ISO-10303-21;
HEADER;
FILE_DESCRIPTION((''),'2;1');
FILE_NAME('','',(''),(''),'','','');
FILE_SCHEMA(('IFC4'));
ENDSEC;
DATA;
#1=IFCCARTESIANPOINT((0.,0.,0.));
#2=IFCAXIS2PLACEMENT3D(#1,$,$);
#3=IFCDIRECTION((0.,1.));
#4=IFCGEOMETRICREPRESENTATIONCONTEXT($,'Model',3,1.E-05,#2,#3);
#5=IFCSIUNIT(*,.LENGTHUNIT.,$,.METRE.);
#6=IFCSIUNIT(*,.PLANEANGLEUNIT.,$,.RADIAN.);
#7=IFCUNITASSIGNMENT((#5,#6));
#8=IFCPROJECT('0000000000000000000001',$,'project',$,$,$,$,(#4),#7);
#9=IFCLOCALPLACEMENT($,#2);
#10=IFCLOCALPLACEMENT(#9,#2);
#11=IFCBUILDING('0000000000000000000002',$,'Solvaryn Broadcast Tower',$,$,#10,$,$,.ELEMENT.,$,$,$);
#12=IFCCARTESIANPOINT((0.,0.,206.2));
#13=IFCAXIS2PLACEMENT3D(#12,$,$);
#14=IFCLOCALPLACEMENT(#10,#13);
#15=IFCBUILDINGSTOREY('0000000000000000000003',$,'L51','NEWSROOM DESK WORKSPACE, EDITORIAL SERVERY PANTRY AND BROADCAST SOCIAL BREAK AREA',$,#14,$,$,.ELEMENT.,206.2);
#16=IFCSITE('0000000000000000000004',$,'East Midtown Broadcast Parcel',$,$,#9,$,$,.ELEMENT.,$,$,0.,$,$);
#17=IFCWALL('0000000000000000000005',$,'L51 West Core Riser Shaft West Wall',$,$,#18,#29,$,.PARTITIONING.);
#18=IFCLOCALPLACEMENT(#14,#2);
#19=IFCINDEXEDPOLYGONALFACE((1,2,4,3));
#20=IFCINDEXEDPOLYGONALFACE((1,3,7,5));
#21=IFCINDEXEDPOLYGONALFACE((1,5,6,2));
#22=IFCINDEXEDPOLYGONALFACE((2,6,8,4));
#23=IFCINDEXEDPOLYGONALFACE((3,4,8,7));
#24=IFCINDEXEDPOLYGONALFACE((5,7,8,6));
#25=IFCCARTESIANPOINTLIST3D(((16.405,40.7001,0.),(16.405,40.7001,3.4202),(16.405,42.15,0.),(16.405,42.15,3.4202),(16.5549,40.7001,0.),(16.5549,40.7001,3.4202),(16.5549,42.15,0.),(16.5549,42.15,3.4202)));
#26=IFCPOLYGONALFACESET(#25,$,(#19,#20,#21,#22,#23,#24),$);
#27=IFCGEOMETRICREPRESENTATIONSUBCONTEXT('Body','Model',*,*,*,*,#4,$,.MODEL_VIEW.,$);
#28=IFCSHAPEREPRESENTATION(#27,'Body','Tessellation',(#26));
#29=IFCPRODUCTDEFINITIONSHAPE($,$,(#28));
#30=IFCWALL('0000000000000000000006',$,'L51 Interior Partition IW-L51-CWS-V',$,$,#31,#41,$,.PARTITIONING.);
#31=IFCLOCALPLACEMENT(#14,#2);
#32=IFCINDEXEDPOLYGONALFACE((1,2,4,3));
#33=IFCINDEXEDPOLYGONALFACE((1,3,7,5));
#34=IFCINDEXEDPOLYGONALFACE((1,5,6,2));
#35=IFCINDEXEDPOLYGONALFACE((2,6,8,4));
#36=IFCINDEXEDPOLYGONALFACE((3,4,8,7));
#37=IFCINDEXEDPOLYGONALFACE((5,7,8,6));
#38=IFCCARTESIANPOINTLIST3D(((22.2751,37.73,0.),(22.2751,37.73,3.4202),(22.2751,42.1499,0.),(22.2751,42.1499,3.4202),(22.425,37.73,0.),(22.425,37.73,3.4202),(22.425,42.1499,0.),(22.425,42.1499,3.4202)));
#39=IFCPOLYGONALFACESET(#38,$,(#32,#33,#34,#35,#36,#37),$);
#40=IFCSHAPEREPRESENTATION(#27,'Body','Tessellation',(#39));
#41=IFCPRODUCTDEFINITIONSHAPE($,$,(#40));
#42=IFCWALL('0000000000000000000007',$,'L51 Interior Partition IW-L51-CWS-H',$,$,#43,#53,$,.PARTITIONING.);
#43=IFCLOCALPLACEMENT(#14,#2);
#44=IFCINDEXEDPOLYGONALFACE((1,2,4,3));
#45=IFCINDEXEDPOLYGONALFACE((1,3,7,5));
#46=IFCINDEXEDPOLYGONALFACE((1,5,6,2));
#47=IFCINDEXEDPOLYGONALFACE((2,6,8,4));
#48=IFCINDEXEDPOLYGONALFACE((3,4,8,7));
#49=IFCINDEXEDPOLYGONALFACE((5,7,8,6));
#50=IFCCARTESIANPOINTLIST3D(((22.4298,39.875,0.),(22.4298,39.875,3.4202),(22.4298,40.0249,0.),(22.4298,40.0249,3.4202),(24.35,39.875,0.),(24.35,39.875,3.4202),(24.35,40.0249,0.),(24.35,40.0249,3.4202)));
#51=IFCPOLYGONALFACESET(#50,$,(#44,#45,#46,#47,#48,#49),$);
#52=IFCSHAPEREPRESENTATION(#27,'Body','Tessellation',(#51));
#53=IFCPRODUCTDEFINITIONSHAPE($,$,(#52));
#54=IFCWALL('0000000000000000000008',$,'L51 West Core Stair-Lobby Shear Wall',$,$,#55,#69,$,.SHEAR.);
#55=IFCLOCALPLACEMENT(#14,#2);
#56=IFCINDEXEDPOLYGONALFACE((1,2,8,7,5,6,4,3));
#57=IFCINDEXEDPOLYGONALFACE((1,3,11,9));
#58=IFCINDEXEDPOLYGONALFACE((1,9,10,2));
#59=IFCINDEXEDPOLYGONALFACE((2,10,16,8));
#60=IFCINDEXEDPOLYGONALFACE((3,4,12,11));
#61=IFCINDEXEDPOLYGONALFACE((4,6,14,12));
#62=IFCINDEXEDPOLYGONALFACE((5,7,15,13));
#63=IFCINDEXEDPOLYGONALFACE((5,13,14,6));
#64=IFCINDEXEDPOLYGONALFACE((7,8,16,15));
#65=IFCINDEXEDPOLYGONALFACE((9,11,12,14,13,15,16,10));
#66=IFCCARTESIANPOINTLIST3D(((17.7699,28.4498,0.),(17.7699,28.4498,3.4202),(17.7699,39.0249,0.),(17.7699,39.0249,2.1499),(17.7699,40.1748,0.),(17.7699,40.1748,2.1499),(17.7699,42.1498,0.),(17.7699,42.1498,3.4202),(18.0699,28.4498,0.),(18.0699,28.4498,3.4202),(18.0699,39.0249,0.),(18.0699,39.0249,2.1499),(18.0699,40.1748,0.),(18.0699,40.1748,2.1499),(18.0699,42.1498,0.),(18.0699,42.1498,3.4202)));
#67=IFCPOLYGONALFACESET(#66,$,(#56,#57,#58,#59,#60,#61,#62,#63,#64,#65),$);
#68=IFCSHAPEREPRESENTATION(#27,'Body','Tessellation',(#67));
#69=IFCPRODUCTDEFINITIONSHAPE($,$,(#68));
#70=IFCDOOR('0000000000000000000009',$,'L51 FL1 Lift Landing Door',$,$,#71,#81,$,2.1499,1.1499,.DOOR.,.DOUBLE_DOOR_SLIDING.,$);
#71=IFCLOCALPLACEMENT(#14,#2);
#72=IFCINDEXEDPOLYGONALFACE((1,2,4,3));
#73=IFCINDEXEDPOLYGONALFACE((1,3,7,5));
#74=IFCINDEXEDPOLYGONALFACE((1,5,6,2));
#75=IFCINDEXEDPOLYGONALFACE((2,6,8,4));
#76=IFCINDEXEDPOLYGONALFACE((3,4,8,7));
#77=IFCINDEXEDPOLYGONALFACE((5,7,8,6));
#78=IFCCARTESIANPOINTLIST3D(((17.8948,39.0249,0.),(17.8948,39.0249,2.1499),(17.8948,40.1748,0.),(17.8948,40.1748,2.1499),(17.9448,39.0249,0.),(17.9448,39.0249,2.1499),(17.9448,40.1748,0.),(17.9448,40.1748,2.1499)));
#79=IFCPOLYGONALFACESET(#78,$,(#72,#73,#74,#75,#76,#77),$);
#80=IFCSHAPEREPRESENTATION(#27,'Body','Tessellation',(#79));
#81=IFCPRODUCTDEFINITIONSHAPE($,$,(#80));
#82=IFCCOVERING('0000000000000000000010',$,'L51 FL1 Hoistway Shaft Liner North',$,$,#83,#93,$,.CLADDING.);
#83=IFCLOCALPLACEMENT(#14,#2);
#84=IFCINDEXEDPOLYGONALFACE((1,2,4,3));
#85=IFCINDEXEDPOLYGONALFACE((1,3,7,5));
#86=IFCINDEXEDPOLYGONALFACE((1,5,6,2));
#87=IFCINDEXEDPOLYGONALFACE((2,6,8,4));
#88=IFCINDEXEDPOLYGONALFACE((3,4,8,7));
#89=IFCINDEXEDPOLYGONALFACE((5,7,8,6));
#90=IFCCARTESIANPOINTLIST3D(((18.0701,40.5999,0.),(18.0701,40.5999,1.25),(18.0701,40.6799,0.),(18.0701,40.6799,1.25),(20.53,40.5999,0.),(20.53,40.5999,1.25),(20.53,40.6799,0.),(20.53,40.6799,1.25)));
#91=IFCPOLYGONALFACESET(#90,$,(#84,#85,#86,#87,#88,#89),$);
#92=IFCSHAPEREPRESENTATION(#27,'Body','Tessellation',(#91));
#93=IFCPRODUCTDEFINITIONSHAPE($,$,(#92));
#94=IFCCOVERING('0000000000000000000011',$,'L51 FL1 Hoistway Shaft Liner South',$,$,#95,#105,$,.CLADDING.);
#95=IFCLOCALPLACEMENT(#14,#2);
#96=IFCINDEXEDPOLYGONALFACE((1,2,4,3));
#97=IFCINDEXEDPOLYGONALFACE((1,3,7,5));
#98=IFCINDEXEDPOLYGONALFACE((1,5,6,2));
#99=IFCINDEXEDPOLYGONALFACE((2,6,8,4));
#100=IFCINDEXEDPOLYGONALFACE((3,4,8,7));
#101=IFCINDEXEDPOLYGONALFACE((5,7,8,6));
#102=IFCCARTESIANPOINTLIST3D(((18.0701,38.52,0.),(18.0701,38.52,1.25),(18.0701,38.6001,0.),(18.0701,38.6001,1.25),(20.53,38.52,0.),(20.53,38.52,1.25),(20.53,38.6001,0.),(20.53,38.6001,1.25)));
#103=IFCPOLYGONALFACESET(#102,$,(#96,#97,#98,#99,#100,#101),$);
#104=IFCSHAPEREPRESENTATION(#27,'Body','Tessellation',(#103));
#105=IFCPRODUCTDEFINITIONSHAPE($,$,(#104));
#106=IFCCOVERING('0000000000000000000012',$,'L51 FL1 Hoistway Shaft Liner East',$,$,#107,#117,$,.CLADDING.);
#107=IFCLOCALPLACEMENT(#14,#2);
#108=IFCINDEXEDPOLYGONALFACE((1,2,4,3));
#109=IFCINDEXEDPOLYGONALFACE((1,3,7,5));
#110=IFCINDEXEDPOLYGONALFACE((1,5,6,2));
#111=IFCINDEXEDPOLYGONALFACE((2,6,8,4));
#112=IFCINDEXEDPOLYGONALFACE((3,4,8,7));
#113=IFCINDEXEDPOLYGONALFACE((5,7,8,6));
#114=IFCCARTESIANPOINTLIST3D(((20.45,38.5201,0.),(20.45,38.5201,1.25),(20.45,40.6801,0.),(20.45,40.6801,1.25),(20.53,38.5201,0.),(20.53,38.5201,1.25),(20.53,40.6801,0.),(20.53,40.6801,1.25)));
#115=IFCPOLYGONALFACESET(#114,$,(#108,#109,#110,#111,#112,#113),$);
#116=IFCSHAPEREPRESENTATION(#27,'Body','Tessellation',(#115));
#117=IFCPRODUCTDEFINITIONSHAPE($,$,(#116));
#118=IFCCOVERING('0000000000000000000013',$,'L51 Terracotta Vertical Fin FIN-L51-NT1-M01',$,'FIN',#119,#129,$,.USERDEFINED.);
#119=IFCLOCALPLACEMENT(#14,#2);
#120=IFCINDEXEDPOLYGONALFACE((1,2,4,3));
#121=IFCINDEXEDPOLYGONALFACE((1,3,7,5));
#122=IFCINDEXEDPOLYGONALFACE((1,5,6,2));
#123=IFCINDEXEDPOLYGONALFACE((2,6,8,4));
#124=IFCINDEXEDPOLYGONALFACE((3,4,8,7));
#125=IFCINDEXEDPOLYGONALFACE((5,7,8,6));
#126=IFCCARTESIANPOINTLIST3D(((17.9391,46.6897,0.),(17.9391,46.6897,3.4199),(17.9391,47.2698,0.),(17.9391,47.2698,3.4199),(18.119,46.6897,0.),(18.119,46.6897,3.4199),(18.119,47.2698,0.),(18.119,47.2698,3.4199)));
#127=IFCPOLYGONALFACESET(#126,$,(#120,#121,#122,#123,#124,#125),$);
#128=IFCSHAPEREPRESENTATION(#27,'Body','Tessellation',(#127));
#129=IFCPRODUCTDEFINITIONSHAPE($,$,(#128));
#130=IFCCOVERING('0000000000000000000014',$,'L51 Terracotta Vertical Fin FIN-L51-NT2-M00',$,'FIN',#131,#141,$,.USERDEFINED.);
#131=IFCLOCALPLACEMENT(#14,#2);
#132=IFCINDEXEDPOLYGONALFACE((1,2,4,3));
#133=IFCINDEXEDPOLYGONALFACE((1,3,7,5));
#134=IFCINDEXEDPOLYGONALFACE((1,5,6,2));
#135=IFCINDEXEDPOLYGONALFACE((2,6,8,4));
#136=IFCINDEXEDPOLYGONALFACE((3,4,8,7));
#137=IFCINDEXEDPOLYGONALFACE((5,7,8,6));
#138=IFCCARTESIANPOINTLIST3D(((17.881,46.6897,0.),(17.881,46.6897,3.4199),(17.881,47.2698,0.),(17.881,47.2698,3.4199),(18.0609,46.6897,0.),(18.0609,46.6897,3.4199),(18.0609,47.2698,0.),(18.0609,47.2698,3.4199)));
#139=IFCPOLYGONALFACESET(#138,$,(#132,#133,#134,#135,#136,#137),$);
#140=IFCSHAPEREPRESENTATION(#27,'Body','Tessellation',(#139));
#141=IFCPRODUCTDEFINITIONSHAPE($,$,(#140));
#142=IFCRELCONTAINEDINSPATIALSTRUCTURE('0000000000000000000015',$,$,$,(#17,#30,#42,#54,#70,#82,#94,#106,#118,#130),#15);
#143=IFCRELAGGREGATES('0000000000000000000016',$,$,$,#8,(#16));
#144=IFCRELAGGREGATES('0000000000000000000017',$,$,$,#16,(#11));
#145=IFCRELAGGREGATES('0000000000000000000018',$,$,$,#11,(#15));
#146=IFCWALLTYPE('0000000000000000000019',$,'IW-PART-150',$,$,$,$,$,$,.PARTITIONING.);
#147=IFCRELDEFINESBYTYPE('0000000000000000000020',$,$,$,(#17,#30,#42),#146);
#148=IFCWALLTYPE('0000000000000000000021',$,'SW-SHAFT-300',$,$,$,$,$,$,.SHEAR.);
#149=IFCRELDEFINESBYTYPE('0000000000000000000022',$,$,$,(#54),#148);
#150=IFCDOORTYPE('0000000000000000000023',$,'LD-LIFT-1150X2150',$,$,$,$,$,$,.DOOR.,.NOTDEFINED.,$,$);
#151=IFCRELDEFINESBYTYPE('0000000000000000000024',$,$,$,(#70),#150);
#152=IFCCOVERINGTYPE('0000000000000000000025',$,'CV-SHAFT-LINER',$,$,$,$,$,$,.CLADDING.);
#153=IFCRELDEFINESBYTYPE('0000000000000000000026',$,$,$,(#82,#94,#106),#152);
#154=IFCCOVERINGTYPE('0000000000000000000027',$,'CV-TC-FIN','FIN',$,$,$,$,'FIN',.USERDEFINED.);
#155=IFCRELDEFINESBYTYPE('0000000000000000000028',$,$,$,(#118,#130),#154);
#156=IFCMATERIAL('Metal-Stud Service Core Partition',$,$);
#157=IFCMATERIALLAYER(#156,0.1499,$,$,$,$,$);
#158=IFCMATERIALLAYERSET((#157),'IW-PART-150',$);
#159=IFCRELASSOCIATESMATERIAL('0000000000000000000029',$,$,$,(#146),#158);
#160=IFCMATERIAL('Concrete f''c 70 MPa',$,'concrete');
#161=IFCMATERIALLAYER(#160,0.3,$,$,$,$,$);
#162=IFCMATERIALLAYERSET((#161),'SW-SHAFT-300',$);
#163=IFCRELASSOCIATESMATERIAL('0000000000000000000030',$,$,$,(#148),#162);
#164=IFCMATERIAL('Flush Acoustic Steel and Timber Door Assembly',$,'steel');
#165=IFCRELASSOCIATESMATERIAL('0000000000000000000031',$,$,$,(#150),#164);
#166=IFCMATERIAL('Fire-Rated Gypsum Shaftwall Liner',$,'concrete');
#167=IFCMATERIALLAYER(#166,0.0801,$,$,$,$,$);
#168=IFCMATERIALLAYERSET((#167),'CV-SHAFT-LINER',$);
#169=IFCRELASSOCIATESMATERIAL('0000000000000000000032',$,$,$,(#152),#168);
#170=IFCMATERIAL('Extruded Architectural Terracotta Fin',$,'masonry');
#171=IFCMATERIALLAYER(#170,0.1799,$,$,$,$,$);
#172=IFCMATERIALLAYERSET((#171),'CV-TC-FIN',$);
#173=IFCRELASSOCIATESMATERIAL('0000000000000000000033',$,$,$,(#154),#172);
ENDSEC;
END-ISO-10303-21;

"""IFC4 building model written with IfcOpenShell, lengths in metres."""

from ifc_helpers import new_model, si_unit, direction, frame, frame_2d, origin, origin_2d, place, context, subcontext, project, spatial, rectangle, extrude, material, layer, layer_set, type_object, element, fill, save


model = new_model("IFC4")

# Units and contexts
model_context = context("Model", 3, precision=1e-05, world=origin(), true_north=direction((0.0, 1.0)))
body_context = subcontext(model_context, "Body", "Model", "MODEL_VIEW")
ifc_project = project(units=[si_unit("LENGTHUNIT", "METRE"), si_unit("PLANEANGLEUNIT", "RADIAN")], contexts=[model_context])

# Site, building, storey
site_placement = place(None, origin())
site = spatial("IfcSite", under=ifc_project, at=site_placement, Name="East Midtown Broadcast Parcel", CompositionType="ELEMENT", RefElevation=0.0)
building_placement = place(site_placement, origin())
building = spatial("IfcBuilding", under=site, at=building_placement, Name="Solvaryn Broadcast Tower", CompositionType="ELEMENT")
storey_placement = place(building_placement, frame((0.0, 0.0, 206.2)))
storey = spatial("IfcBuildingStorey", under=building, at=storey_placement, Name="L51", Description="NEWSROOM DESK WORKSPACE, EDITORIAL SERVERY PANTRY AND BROADCAST SOCIAL BREAK AREA", CompositionType="ELEMENT", Elevation=206.2)

# Walls
ifc_material_1 = material(Name="Metal-Stud Service Core Partition")
ifc_layer_1 = layer(ifc_material_1, 0.1499)
ifc_layer_set_1 = layer_set([ifc_layer_1], Name="IW-PART-150")
wall_type_1 = type_object("IfcWallType", Name="IW-PART-150", PredefinedType="PARTITIONING", material=ifc_layer_set_1)
wall_1_placement = place(storey_placement, frame((16.48, 40.7, 0.0), z_axis=(0.0, 0.0, 1.0), x_axis=(0.0, 1.0, 0.0)))
element("IfcWall", 1, at=wall_1_placement, inside=storey, type_object=wall_type_1, Name="L51 West Core Riser Shaft West Wall", PredefinedType="PARTITIONING", context=body_context, shape_type="SweptSolid", body=[
    extrude(rectangle(XDim=1.45, YDim=0.1499, at=frame_2d((0.7251, 0.0))), origin(), (0.0, 0.0, 1.0), 3.4202),
])
wall_2_placement = place(storey_placement, frame((22.3501, 37.73, 0.0), z_axis=(0.0, 0.0, 1.0), x_axis=(0.0, 1.0, 0.0)))
element("IfcWall", 2, at=wall_2_placement, inside=storey, type_object=wall_type_1, Name="L51 Interior Partition IW-L51-CWS-V", PredefinedType="PARTITIONING", context=body_context, shape_type="SweptSolid", body=[
    extrude(rectangle(XDim=4.4199, YDim=0.1499, at=frame_2d((2.21, 0.0))), origin(), (0.0, 0.0, 1.0), 3.4202),
])
wall_3_placement = place(storey_placement, frame((22.4299, 39.95, 0.0), z_axis=(0.0, 0.0, 1.0), x_axis=(1.0, 0.0, 0.0)))
element("IfcWall", 3, at=wall_3_placement, inside=storey, type_object=wall_type_1, Name="L51 Interior Partition IW-L51-CWS-H", PredefinedType="PARTITIONING", context=body_context, shape_type="SweptSolid", body=[
    extrude(rectangle(XDim=1.9202, YDim=0.1499, at=frame_2d((0.96, 0.0))), origin(), (0.0, 0.0, 1.0), 3.4202),
])

# Wall, opening, door
ifc_material_2 = material(Name="Concrete f'c 70 MPa", Category="concrete")
ifc_layer_2 = layer(ifc_material_2, 0.3)
ifc_layer_set_2 = layer_set([ifc_layer_2], Name="SW-SHAFT-300")
wall_type_2 = type_object("IfcWallType", Name="SW-SHAFT-300", PredefinedType="SHEAR", material=ifc_layer_set_2)
wall_4_placement = place(storey_placement, frame((17.9199, 42.1499, 0.0), z_axis=(0.0, 0.0, 1.0), x_axis=(0.0, -1.0, 0.0)))
wall_4 = element("IfcWall", 4, at=wall_4_placement, inside=storey, type_object=wall_type_2, Name="L51 West Core Stair-Lobby Shear Wall", PredefinedType="SHEAR", context=body_context, shape_type="SweptSolid", body=[
    extrude(rectangle(XDim=13.7, YDim=0.3, at=frame_2d((6.8501, 0.0))), origin(), (0.0, 0.0, 1.0), 3.4202),
])
opening_placement = place(wall_4_placement, frame((1.9751, 0.0, 0.0)))
opening = element("IfcOpeningElement", 5, at=opening_placement, cuts=wall_4, PredefinedType="OPENING", context=body_context, shape_type="SweptSolid", body=[
    extrude(rectangle(XDim=1.1499, YDim=2.1499, at=frame_2d((0.575, 1.075))), frame((0.0, 0.1599, 0.0), z_axis=(0.0, -1.0, 0.0), x_axis=(1.0, 0.0, 0.0)), (0.0, 0.0, 1.0), 0.3201),
])
ifc_material_3 = material(Name="Flush Acoustic Steel and Timber Door Assembly", Category="steel")
door_type = type_object("IfcDoorType", Name="LD-LIFT-1150X2150", OperationType="NOTDEFINED", PredefinedType="DOOR", material=ifc_material_3)
door_placement = place(opening_placement, origin())
door = element("IfcDoor", 6, at=door_placement, inside=storey, type_object=door_type, Name="L51 FL1 Lift Landing Door", OperationType="DOUBLE_DOOR_SLIDING", OverallHeight=2.1499, OverallWidth=1.1499, PredefinedType="DOOR", context=body_context, shape_type="SweptSolid", body=[
    extrude(rectangle(XDim=1.1499, YDim=2.1499, at=frame_2d((0.575, 1.075))), frame((0.0, 0.0249, 0.0), z_axis=(0.0, -1.0, 0.0), x_axis=(1.0, 0.0, 0.0)), (0.0, 0.0, 1.0), 0.05),
])
fill(opening, door)

# Coverings
ifc_material_4 = material(Name="Fire-Rated Gypsum Shaftwall Liner", Category="concrete")
ifc_layer_3 = layer(ifc_material_4, 0.0801)
ifc_layer_set_3 = layer_set([ifc_layer_3], Name="CV-SHAFT-LINER")
covering_type_1 = type_object("IfcCoveringType", Name="CV-SHAFT-LINER", PredefinedType="CLADDING", material=ifc_layer_set_3)
for number, where, z_axis, x_axis, name in (
    (7, (19.3, 40.6399, 0.0), (0.0, 0.0, 1.0), (1.0, 0.0, 0.0), "L51 FL1 Hoistway Shaft Liner North"),
    (8, (19.3, 38.5601, 0.0), (0.0, 0.0, 1.0), (1.0, 0.0, 0.0), "L51 FL1 Hoistway Shaft Liner South"),
):
    element("IfcCovering", number, at=place(storey_placement, frame(where, z_axis=z_axis, x_axis=x_axis)), inside=storey, type_object=covering_type_1, Name=name, PredefinedType="CLADDING", context=body_context, shape_type="SweptSolid", body=[
        extrude(rectangle(XDim=2.46, YDim=0.0801, at=origin_2d()), origin(), (0.0, 0.0, 1.0), 1.25),
    ])
covering_placement = place(storey_placement, frame((20.49, 39.6001, 0.0), z_axis=(0.0, 0.0, 1.0), x_axis=(1.0, 0.0, 0.0)))
element("IfcCovering", 9, at=covering_placement, inside=storey, type_object=covering_type_1, Name="L51 FL1 Hoistway Shaft Liner East", PredefinedType="CLADDING", context=body_context, shape_type="SweptSolid", body=[
    extrude(rectangle(XDim=0.0801, YDim=2.1599, at=origin_2d()), origin(), (0.0, 0.0, 1.0), 1.25),
])
ifc_material_5 = material(Name="Extruded Architectural Terracotta Fin", Category="masonry")
ifc_layer_4 = layer(ifc_material_5, 0.1799)
ifc_layer_set_4 = layer_set([ifc_layer_4], Name="CV-TC-FIN")
covering_type_2 = type_object("IfcCoveringType", Name="CV-TC-FIN", Description="FIN", ElementType="FIN", PredefinedType="USERDEFINED", material=ifc_layer_set_4)
for number, where, z_axis, x_axis, name in (
    (10, (18.0291, 46.9797, 0.0), (0.0, 0.0, 1.0), (1.0, 0.0, 0.0), "L51 Terracotta Vertical Fin FIN-L51-NT1-M01"),
    (11, (17.9709, 46.9797, 0.0), (0.0, 0.0, 1.0), (1.0, 0.0, 0.0), "L51 Terracotta Vertical Fin FIN-L51-NT2-M00"),
):
    element("IfcCovering", number, at=place(storey_placement, frame(where, z_axis=z_axis, x_axis=x_axis)), inside=storey, type_object=covering_type_2, Name=name, ObjectType="FIN", PredefinedType="USERDEFINED", context=body_context, shape_type="SweptSolid", body=[
        extrude(rectangle(XDim=0.1799, YDim=0.5801, at=origin_2d()), origin(), (0.0, 0.0, 1.0), 3.4199),
    ])

save(model, "model.ifc")
